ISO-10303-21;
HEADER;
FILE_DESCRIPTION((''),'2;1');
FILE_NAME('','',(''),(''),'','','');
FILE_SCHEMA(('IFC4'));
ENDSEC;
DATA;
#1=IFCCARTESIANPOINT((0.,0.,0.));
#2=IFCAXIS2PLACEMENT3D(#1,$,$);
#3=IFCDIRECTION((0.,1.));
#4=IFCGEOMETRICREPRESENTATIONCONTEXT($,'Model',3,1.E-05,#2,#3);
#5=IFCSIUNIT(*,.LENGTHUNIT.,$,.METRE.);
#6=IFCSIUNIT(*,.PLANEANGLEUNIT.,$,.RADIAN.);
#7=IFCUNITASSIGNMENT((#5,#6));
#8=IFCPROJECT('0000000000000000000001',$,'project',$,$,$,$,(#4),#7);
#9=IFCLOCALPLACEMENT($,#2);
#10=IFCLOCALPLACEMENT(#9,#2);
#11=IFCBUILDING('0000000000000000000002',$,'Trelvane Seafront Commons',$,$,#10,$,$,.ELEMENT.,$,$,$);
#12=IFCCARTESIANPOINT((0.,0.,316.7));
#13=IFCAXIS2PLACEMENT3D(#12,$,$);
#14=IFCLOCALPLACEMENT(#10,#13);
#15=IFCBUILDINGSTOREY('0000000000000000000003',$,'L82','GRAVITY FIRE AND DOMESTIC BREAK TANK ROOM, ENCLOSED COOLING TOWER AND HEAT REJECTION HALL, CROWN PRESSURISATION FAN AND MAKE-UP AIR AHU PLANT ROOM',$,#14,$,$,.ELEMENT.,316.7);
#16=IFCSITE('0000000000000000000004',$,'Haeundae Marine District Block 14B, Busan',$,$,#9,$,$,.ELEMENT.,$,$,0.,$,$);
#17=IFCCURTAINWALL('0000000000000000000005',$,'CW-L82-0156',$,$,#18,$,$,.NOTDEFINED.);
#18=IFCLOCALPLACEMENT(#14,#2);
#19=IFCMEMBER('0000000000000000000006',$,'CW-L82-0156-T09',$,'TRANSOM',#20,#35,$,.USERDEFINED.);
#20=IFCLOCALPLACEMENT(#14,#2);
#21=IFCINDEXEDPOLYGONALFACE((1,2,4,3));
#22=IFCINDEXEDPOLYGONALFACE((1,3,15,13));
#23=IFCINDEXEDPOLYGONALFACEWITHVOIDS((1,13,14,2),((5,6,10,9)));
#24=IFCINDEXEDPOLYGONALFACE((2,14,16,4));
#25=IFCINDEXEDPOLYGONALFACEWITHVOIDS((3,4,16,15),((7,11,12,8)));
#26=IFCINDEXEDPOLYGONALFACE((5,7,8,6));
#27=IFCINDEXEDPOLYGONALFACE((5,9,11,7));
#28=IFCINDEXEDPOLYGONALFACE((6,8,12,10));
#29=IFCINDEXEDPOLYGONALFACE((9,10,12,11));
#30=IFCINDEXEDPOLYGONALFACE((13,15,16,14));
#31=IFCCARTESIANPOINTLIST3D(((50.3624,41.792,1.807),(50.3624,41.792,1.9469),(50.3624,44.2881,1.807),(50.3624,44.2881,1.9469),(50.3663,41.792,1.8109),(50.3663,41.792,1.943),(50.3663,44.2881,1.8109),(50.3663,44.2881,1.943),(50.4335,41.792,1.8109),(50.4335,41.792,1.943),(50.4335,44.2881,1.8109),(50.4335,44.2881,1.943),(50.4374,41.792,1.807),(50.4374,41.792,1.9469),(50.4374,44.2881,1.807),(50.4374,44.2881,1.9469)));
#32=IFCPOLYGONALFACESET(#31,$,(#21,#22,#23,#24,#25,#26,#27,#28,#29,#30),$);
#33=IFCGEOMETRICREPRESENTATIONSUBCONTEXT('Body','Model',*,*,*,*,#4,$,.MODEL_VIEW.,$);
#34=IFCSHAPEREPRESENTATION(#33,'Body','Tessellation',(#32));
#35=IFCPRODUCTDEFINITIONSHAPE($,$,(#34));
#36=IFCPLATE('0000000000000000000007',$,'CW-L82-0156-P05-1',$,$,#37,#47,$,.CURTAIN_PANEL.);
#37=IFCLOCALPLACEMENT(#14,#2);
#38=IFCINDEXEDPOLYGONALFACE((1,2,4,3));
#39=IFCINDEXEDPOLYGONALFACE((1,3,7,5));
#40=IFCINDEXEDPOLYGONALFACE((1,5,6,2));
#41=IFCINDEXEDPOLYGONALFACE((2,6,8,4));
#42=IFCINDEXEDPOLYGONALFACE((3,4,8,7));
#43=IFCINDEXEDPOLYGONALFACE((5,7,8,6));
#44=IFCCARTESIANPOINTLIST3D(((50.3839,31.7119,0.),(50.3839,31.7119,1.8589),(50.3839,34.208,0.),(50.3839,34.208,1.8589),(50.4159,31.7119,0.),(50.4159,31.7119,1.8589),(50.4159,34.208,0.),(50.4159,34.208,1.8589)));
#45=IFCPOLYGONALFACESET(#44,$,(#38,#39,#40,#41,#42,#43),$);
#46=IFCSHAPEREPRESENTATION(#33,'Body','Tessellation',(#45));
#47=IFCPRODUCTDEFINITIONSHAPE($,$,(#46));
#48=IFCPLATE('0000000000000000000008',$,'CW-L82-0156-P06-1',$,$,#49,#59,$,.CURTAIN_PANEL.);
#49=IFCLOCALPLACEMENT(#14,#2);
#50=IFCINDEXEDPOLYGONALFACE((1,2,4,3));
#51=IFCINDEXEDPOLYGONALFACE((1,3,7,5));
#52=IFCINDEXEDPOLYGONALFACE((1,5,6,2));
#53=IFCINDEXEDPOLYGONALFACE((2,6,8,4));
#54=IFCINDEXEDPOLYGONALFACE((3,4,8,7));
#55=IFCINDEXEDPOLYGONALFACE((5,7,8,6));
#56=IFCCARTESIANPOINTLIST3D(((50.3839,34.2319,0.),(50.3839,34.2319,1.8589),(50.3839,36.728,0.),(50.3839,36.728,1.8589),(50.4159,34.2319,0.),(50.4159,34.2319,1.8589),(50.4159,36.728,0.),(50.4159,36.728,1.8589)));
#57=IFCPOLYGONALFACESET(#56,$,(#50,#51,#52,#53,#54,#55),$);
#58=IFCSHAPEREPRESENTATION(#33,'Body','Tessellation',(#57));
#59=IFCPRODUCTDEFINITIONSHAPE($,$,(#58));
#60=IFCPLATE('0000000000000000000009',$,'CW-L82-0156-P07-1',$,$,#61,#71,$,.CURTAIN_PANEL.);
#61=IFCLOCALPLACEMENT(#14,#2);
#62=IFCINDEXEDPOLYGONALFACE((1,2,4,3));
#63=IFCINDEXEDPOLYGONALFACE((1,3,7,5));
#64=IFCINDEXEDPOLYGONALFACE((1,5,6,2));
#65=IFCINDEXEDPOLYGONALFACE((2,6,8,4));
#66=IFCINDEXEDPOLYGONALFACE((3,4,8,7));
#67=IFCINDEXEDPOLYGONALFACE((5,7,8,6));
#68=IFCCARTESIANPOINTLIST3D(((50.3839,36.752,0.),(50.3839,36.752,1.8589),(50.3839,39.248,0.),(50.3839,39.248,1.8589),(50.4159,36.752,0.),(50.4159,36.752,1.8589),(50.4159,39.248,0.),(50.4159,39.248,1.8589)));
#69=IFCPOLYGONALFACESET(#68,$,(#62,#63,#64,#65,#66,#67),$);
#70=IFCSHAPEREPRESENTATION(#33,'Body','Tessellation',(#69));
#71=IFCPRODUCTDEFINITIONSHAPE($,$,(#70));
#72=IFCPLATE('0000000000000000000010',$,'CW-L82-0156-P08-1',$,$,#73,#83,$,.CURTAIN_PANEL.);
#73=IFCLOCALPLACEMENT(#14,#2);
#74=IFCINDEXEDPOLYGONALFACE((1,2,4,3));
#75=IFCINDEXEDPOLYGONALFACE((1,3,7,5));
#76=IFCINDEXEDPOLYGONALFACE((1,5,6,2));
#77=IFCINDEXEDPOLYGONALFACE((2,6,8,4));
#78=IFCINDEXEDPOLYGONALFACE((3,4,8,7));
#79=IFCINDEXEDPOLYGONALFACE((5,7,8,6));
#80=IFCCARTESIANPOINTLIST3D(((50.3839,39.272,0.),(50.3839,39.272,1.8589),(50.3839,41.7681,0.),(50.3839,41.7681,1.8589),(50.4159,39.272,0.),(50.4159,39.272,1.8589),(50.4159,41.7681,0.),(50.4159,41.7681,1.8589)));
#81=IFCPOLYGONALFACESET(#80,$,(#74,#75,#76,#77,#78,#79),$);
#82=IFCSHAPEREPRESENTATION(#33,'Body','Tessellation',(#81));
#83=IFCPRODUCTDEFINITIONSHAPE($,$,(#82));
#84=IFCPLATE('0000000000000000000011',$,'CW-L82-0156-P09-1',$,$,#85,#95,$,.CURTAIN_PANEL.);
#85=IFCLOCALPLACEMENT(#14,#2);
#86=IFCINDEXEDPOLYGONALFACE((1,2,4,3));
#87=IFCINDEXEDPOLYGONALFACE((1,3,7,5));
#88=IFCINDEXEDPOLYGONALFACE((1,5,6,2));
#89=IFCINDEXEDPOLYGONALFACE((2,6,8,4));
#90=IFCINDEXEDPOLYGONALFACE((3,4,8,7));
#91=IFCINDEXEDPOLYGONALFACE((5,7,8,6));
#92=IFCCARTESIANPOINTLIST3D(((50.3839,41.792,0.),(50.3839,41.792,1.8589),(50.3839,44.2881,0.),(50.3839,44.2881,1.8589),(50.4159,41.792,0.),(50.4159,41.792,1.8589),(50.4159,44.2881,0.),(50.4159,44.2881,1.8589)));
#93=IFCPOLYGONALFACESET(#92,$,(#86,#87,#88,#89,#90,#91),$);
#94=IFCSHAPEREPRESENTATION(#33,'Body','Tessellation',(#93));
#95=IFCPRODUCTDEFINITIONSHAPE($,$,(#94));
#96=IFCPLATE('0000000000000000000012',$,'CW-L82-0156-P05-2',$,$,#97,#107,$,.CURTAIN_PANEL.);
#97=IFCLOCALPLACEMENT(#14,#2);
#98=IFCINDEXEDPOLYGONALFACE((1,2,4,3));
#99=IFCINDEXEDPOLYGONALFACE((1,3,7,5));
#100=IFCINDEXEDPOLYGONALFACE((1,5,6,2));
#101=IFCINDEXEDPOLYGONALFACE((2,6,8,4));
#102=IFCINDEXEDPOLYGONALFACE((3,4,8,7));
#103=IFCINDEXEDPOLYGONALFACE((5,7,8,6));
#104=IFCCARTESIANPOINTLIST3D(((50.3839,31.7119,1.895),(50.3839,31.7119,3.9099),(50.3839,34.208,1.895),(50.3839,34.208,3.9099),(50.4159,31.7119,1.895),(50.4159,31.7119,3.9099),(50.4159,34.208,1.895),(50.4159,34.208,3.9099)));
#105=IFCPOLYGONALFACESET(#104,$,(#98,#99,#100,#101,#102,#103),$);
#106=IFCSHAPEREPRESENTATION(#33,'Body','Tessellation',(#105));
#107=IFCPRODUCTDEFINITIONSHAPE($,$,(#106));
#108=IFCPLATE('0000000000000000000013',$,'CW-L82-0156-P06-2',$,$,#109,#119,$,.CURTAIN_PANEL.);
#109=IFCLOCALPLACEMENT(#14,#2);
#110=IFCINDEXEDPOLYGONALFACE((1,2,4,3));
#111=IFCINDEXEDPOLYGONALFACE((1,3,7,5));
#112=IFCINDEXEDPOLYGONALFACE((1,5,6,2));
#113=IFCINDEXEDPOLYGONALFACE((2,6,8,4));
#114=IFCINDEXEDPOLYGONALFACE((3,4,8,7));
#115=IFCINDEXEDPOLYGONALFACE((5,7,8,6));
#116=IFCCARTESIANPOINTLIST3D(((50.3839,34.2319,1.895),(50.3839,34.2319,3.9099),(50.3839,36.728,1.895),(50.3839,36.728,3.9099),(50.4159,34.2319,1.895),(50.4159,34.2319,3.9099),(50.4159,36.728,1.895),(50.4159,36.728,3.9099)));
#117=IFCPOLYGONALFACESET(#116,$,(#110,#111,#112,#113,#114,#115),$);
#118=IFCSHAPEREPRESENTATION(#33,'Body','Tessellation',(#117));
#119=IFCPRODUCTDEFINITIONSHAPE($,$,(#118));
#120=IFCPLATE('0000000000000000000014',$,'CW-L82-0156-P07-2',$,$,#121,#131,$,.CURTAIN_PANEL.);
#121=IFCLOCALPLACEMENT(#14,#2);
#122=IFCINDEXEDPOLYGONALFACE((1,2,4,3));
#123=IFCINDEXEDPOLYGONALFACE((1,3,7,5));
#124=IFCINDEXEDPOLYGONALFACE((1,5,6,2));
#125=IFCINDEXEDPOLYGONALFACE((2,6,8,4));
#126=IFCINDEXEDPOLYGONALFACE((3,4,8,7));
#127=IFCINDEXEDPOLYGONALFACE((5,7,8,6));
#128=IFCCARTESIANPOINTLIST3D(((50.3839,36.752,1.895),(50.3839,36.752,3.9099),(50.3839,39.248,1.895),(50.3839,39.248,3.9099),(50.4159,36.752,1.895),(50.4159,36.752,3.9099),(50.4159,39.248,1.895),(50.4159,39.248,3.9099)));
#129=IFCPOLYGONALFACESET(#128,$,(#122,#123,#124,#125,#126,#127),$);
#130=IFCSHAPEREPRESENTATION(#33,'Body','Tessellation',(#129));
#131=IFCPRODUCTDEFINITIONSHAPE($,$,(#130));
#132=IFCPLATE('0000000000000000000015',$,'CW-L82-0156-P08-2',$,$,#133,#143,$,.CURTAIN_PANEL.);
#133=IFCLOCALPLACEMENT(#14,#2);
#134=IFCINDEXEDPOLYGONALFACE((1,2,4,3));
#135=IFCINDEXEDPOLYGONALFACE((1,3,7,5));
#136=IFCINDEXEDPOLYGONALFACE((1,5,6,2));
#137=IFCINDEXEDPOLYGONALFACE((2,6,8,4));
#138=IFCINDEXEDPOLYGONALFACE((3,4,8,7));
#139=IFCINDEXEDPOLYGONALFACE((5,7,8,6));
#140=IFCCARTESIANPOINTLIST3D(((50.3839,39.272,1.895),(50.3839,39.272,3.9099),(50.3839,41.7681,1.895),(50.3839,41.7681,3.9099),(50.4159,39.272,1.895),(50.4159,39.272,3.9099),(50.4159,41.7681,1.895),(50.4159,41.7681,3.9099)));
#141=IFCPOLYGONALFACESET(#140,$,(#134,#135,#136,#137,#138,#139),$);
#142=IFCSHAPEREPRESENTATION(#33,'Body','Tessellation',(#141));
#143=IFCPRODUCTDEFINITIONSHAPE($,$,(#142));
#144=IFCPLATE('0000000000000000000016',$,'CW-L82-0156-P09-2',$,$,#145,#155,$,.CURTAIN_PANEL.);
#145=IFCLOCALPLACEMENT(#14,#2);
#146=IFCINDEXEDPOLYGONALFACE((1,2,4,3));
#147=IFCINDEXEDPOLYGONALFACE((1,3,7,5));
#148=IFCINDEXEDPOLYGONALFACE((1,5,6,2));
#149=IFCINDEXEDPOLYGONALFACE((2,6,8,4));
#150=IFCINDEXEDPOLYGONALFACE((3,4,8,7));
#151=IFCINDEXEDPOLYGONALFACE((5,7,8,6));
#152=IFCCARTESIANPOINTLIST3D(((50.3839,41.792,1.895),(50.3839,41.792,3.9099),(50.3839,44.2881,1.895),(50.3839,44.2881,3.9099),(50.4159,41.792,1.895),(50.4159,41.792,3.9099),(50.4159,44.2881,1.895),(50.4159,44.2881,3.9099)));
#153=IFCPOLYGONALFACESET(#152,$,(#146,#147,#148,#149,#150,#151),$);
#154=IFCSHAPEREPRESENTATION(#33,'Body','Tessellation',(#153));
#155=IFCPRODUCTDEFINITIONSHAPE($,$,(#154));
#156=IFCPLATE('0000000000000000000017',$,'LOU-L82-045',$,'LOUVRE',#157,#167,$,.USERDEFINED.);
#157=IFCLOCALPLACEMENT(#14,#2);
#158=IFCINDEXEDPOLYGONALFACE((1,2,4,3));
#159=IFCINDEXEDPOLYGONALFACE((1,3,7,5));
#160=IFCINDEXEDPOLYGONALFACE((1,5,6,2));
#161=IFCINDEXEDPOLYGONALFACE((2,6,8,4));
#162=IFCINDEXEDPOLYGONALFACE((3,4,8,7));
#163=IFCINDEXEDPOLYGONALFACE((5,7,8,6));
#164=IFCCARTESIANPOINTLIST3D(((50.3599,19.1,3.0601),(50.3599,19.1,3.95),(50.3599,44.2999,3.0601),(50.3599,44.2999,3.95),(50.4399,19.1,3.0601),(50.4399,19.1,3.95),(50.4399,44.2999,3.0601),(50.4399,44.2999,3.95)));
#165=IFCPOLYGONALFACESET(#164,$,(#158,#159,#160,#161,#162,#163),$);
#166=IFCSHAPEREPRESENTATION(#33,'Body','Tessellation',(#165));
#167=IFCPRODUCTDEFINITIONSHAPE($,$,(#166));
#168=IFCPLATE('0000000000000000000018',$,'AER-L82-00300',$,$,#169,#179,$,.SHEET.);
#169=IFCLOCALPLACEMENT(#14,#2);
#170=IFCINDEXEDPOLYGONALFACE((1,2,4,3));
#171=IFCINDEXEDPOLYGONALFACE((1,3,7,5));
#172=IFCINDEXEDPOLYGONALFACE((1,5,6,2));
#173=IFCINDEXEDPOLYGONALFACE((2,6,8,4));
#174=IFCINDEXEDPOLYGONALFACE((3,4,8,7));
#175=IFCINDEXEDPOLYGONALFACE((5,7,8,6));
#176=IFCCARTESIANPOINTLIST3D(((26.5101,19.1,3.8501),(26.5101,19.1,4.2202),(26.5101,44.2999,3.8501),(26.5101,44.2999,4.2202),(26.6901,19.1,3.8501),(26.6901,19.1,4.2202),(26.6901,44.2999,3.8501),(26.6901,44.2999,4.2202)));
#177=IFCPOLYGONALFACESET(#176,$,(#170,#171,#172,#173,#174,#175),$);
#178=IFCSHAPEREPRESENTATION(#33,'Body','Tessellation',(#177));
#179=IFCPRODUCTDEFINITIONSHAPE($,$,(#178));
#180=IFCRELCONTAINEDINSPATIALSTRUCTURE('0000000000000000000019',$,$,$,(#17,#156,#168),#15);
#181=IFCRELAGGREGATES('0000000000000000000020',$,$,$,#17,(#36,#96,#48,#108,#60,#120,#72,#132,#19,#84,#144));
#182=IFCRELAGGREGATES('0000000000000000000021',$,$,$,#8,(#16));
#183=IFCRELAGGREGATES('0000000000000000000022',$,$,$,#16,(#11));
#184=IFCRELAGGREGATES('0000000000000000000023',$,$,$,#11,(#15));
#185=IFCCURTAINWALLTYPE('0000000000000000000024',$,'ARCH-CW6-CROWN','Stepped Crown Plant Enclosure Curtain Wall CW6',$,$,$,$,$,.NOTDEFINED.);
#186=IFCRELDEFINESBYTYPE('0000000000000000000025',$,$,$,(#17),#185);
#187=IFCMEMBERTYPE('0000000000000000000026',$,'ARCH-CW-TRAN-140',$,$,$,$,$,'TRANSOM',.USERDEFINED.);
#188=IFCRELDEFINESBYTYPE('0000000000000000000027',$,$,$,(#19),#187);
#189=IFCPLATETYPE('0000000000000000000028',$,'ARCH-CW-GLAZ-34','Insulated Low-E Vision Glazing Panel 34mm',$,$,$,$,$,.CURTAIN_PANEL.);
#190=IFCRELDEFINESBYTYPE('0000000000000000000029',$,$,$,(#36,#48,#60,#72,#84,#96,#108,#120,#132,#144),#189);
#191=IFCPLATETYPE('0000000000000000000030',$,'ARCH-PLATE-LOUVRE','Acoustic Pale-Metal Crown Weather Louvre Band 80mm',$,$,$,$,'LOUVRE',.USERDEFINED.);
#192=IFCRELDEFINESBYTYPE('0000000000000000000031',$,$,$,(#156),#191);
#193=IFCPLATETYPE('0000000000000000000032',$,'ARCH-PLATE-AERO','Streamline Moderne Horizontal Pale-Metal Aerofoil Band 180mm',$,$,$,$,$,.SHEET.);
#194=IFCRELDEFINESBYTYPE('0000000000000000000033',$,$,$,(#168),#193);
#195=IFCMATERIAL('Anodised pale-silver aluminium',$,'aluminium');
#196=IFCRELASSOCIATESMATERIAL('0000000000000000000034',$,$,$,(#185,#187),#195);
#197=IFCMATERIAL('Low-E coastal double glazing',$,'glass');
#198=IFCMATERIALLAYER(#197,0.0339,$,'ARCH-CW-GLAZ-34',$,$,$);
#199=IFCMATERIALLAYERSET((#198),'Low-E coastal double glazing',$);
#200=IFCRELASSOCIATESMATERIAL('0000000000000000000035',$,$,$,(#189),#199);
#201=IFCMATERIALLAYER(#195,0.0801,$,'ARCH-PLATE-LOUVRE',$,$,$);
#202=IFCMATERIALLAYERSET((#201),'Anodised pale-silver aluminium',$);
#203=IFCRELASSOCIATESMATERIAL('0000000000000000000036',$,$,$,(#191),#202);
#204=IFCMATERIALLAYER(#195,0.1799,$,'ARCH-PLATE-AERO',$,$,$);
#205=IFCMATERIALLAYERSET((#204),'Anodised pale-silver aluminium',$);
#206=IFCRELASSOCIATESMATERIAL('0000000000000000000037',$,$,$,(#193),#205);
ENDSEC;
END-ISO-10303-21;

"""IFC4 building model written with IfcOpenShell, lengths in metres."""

from ifc_helpers import new_model, si_unit, direction, frame, origin, origin_2d, place, context, subcontext, project, spatial, rectangle, hollow_rectangle, extrude, source, transform, mapped, material, layer, layer_set, material_profile, profile_set, type_object, element, aggregate, save


model = new_model("IFC4")

# Units and contexts
model_context = context("Model", 3, precision=1e-05, world=origin(), true_north=direction((0.0, 1.0)))
body_context = subcontext(model_context, "Body", "Model", "MODEL_VIEW")
ifc_project = project(units=[si_unit("LENGTHUNIT", "METRE"), si_unit("PLANEANGLEUNIT", "RADIAN")], contexts=[model_context])

# Site, building, storey
site_placement = place(None, origin())
site = spatial("IfcSite", under=ifc_project, at=site_placement, Name="Haeundae Marine District Block 14B, Busan", CompositionType="ELEMENT", RefElevation=0.0)
building_placement = place(site_placement, origin())
building = spatial("IfcBuilding", under=site, at=building_placement, Name="Trelvane Seafront Commons", CompositionType="ELEMENT")
storey_placement = place(building_placement, frame((0.0, 0.0, 316.7)))
storey = spatial("IfcBuildingStorey", under=building, at=storey_placement, Name="L82", Description="GRAVITY FIRE AND DOMESTIC BREAK TANK ROOM, ENCLOSED COOLING TOWER AND HEAT REJECTION HALL, CROWN PRESSURISATION FAN AND MAKE-UP AIR AHU PLANT ROOM", CompositionType="ELEMENT", Elevation=316.7)

# Curtain wall, member, plates
ifc_material_1 = material(Name="Anodised pale-silver aluminium", Category="aluminium")
curtain_wall_type = type_object("IfcCurtainWallType", Name="ARCH-CW6-CROWN", Description="Stepped Crown Plant Enclosure Curtain Wall CW6", PredefinedType="NOTDEFINED", material=ifc_material_1)
curtain_wall_placement = place(storey_placement, origin())
curtain_wall = element("IfcCurtainWall", 1, at=curtain_wall_placement, inside=storey, type_object=curtain_wall_type, Name="CW-L82-0156", PredefinedType="NOTDEFINED")
ifc_material_profile_1 = material_profile(ifc_material_1, hollow_rectangle(XDim=0.075, YDim=0.1399, WallThickness=0.0039, at=origin_2d()), Name="TRAN-75x140x4")
ifc_profile_set_1 = profile_set([ifc_material_profile_1], Name="Anodised pale-silver aluminium")
member_type_1 = type_object("IfcMemberType", Name="ARCH-CW-TRAN-140", ElementType="TRANSOM", PredefinedType="USERDEFINED", material=ifc_profile_set_1)
shared_shape_1 = source(origin(), body_context, "Body", "SweptSolid", [
    extrude(hollow_rectangle(XDim=0.075, YDim=0.1399, WallThickness=0.0039, at=origin_2d()), origin(), (0.0, 0.0, 1.0), 2.4961),
])
member_1_placement = place(storey_placement, frame((50.3999, 41.792, 1.877), z_axis=(0.0, 1.0, 0.0), x_axis=(-1.0, 0.0, 0.0)))
member_1 = element("IfcMember", 2, at=member_1_placement, type_object=member_type_1, Name="CW-L82-0156-T09", ObjectType="TRANSOM", PredefinedType="USERDEFINED", context=body_context, shape_type="MappedRepresentation", body=[
    mapped(shared_shape_1, transform((0.0, 0.0, 0.0), x_axis=(1.0, 0.0, 0.0), y_axis=(0.0, 1.0, 0.0), z_axis=(0.0, 0.0, 1.0), scale=1.0)),
])
ifc_material_2 = material(Name="Low-E coastal double glazing", Category="glass")
ifc_layer_1 = layer(ifc_material_2, 0.0339, Name="ARCH-CW-GLAZ-34")
ifc_layer_set_1 = layer_set([ifc_layer_1], Name="Low-E coastal double glazing")
plate_type_1 = type_object("IfcPlateType", Name="ARCH-CW-GLAZ-34", Description="Insulated Low-E Vision Glazing Panel 34mm", PredefinedType="CURTAIN_PANEL", material=ifc_layer_set_1)
shared_shape_2 = source(origin(), body_context, "Body", "SweptSolid", [
    extrude(rectangle(XDim=2.4961, YDim=0.032, at=origin_2d()), origin(), (0.0, 0.0, 1.0), 1.8589),
])
plate_1_placement = place(storey_placement, frame((50.3999, 32.96, 0.0), z_axis=(0.0, 0.0, 1.0), x_axis=(0.0, 1.0, 0.0)))
plate_1 = element("IfcPlate", 3, at=plate_1_placement, type_object=plate_type_1, Name="CW-L82-0156-P05-1", PredefinedType="CURTAIN_PANEL", context=body_context, shape_type="MappedRepresentation", body=[
    mapped(shared_shape_2, transform((0.0, 0.0, 0.0), x_axis=(1.0, 0.0, 0.0), y_axis=(0.0, 1.0, 0.0), z_axis=(0.0, 0.0, 1.0), scale=1.0)),
])
plate_2_placement = place(storey_placement, frame((50.3999, 35.48, 0.0), z_axis=(0.0, 0.0, 1.0), x_axis=(0.0, 1.0, 0.0)))
plate_2 = element("IfcPlate", 4, at=plate_2_placement, type_object=plate_type_1, Name="CW-L82-0156-P06-1", PredefinedType="CURTAIN_PANEL", context=body_context, shape_type="MappedRepresentation", body=[
    mapped(shared_shape_2, transform((0.0, 0.0, 0.0), x_axis=(1.0, 0.0, 0.0), y_axis=(0.0, 1.0, 0.0), z_axis=(0.0, 0.0, 1.0), scale=1.0)),
])
plate_3_placement = place(storey_placement, frame((50.3999, 38.0, 0.0), z_axis=(0.0, 0.0, 1.0), x_axis=(0.0, 1.0, 0.0)))
plate_3 = element("IfcPlate", 5, at=plate_3_placement, type_object=plate_type_1, Name="CW-L82-0156-P07-1", PredefinedType="CURTAIN_PANEL", context=body_context, shape_type="MappedRepresentation", body=[
    mapped(shared_shape_2, transform((0.0, 0.0, 0.0), x_axis=(1.0, 0.0, 0.0), y_axis=(0.0, 1.0, 0.0), z_axis=(0.0, 0.0, 1.0), scale=1.0)),
])
plate_4_placement = place(storey_placement, frame((50.3999, 40.52, 0.0), z_axis=(0.0, 0.0, 1.0), x_axis=(0.0, 1.0, 0.0)))
plate_4 = element("IfcPlate", 6, at=plate_4_placement, type_object=plate_type_1, Name="CW-L82-0156-P08-1", PredefinedType="CURTAIN_PANEL", context=body_context, shape_type="MappedRepresentation", body=[
    mapped(shared_shape_2, transform((0.0, 0.0, 0.0), x_axis=(1.0, 0.0, 0.0), y_axis=(0.0, 1.0, 0.0), z_axis=(0.0, 0.0, 1.0), scale=1.0)),
])
plate_5_placement = place(storey_placement, frame((50.3999, 43.04, 0.0), z_axis=(0.0, 0.0, 1.0), x_axis=(0.0, 1.0, 0.0)))
plate_5 = element("IfcPlate", 7, at=plate_5_placement, type_object=plate_type_1, Name="CW-L82-0156-P09-1", PredefinedType="CURTAIN_PANEL", context=body_context, shape_type="MappedRepresentation", body=[
    mapped(shared_shape_2, transform((0.0, 0.0, 0.0), x_axis=(1.0, 0.0, 0.0), y_axis=(0.0, 1.0, 0.0), z_axis=(0.0, 0.0, 1.0), scale=1.0)),
])
shared_shape_3 = source(origin(), body_context, "Body", "SweptSolid", [
    extrude(rectangle(XDim=2.4961, YDim=0.032, at=origin_2d()), origin(), (0.0, 0.0, 1.0), 2.0149),
])
plate_6_placement = place(storey_placement, frame((50.3999, 32.96, 1.895), z_axis=(0.0, 0.0, 1.0), x_axis=(0.0, 1.0, 0.0)))
plate_6 = element("IfcPlate", 8, at=plate_6_placement, type_object=plate_type_1, Name="CW-L82-0156-P05-2", PredefinedType="CURTAIN_PANEL", context=body_context, shape_type="MappedRepresentation", body=[
    mapped(shared_shape_3, transform((0.0, 0.0, 0.0), x_axis=(1.0, 0.0, 0.0), y_axis=(0.0, 1.0, 0.0), z_axis=(0.0, 0.0, 1.0), scale=1.0)),
])
plate_7_placement = place(storey_placement, frame((50.3999, 35.48, 1.895), z_axis=(0.0, 0.0, 1.0), x_axis=(0.0, 1.0, 0.0)))
plate_7 = element("IfcPlate", 9, at=plate_7_placement, type_object=plate_type_1, Name="CW-L82-0156-P06-2", PredefinedType="CURTAIN_PANEL", context=body_context, shape_type="MappedRepresentation", body=[
    mapped(shared_shape_3, transform((0.0, 0.0, 0.0), x_axis=(1.0, 0.0, 0.0), y_axis=(0.0, 1.0, 0.0), z_axis=(0.0, 0.0, 1.0), scale=1.0)),
])
plate_8_placement = place(storey_placement, frame((50.3999, 38.0, 1.895), z_axis=(0.0, 0.0, 1.0), x_axis=(0.0, 1.0, 0.0)))
plate_8 = element("IfcPlate", 10, at=plate_8_placement, type_object=plate_type_1, Name="CW-L82-0156-P07-2", PredefinedType="CURTAIN_PANEL", context=body_context, shape_type="MappedRepresentation", body=[
    mapped(shared_shape_3, transform((0.0, 0.0, 0.0), x_axis=(1.0, 0.0, 0.0), y_axis=(0.0, 1.0, 0.0), z_axis=(0.0, 0.0, 1.0), scale=1.0)),
])
plate_9_placement = place(storey_placement, frame((50.3999, 40.52, 1.895), z_axis=(0.0, 0.0, 1.0), x_axis=(0.0, 1.0, 0.0)))
plate_9 = element("IfcPlate", 11, at=plate_9_placement, type_object=plate_type_1, Name="CW-L82-0156-P08-2", PredefinedType="CURTAIN_PANEL", context=body_context, shape_type="MappedRepresentation", body=[
    mapped(shared_shape_3, transform((0.0, 0.0, 0.0), x_axis=(1.0, 0.0, 0.0), y_axis=(0.0, 1.0, 0.0), z_axis=(0.0, 0.0, 1.0), scale=1.0)),
])
plate_10_placement = place(storey_placement, frame((50.3999, 43.04, 1.895), z_axis=(0.0, 0.0, 1.0), x_axis=(0.0, 1.0, 0.0)))
plate_10 = element("IfcPlate", 12, at=plate_10_placement, type_object=plate_type_1, Name="CW-L82-0156-P09-2", PredefinedType="CURTAIN_PANEL", context=body_context, shape_type="MappedRepresentation", body=[
    mapped(shared_shape_3, transform((0.0, 0.0, 0.0), x_axis=(1.0, 0.0, 0.0), y_axis=(0.0, 1.0, 0.0), z_axis=(0.0, 0.0, 1.0), scale=1.0)),
])
aggregate(curtain_wall, [plate_1, plate_6, plate_2, plate_7, plate_3, plate_8, plate_4, plate_9, member_1, plate_5, plate_10])

# Plates
ifc_layer_2 = layer(ifc_material_1, 0.0801, Name="ARCH-PLATE-LOUVRE")
ifc_layer_set_2 = layer_set([ifc_layer_2], Name="Anodised pale-silver aluminium")
plate_type_2 = type_object("IfcPlateType", Name="ARCH-PLATE-LOUVRE", Description="Acoustic Pale-Metal Crown Weather Louvre Band 80mm", ElementType="LOUVRE", PredefinedType="USERDEFINED", material=ifc_layer_set_2)
shared_shape_4 = source(origin(), body_context, "Body", "SweptSolid", [
    extrude(rectangle(XDim=25.2, YDim=0.0801, at=origin_2d()), origin(), (0.0, 0.0, 1.0), 0.8899),
])
plate_11_placement = place(storey_placement, frame((50.3999, 31.7, 3.0601), z_axis=(0.0, 0.0, 1.0), x_axis=(0.0, 1.0, 0.0)))
element("IfcPlate", 13, at=plate_11_placement, inside=storey, type_object=plate_type_2, Name="LOU-L82-045", ObjectType="LOUVRE", PredefinedType="USERDEFINED", context=body_context, shape_type="MappedRepresentation", body=[
    mapped(shared_shape_4, transform((0.0, 0.0, 0.0), x_axis=(1.0, 0.0, 0.0), y_axis=(0.0, 1.0, 0.0), z_axis=(0.0, 0.0, 1.0), scale=1.0)),
])
ifc_layer_3 = layer(ifc_material_1, 0.1799, Name="ARCH-PLATE-AERO")
ifc_layer_set_3 = layer_set([ifc_layer_3], Name="Anodised pale-silver aluminium")
plate_type_3 = type_object("IfcPlateType", Name="ARCH-PLATE-AERO", Description="Streamline Moderne Horizontal Pale-Metal Aerofoil Band 180mm", PredefinedType="SHEET", material=ifc_layer_set_3)
shared_shape_5 = source(origin(), body_context, "Body", "SweptSolid", [
    extrude(rectangle(XDim=25.2, YDim=0.1799, at=origin_2d()), origin(), (0.0, 0.0, 1.0), 0.3701),
])
for number, where, z_axis, x_axis, name in (
    (14, (26.6001, 31.7, 3.8501), (0.0, 0.0, 1.0), (0.0, -1.0, 0.0), "AER-L82-00300"),
):
    element("IfcPlate", number, at=place(storey_placement, frame(where, z_axis=z_axis, x_axis=x_axis)), inside=storey, type_object=plate_type_3, Name=name, PredefinedType="SHEET", context=body_context, shape_type="MappedRepresentation", body=[
        mapped(shared_shape_5, transform((0.0, 0.0, 0.0), x_axis=(1.0, 0.0, 0.0), y_axis=(0.0, 1.0, 0.0), z_axis=(0.0, 0.0, 1.0), scale=1.0)),
    ])

save(model, "model.ifc")
